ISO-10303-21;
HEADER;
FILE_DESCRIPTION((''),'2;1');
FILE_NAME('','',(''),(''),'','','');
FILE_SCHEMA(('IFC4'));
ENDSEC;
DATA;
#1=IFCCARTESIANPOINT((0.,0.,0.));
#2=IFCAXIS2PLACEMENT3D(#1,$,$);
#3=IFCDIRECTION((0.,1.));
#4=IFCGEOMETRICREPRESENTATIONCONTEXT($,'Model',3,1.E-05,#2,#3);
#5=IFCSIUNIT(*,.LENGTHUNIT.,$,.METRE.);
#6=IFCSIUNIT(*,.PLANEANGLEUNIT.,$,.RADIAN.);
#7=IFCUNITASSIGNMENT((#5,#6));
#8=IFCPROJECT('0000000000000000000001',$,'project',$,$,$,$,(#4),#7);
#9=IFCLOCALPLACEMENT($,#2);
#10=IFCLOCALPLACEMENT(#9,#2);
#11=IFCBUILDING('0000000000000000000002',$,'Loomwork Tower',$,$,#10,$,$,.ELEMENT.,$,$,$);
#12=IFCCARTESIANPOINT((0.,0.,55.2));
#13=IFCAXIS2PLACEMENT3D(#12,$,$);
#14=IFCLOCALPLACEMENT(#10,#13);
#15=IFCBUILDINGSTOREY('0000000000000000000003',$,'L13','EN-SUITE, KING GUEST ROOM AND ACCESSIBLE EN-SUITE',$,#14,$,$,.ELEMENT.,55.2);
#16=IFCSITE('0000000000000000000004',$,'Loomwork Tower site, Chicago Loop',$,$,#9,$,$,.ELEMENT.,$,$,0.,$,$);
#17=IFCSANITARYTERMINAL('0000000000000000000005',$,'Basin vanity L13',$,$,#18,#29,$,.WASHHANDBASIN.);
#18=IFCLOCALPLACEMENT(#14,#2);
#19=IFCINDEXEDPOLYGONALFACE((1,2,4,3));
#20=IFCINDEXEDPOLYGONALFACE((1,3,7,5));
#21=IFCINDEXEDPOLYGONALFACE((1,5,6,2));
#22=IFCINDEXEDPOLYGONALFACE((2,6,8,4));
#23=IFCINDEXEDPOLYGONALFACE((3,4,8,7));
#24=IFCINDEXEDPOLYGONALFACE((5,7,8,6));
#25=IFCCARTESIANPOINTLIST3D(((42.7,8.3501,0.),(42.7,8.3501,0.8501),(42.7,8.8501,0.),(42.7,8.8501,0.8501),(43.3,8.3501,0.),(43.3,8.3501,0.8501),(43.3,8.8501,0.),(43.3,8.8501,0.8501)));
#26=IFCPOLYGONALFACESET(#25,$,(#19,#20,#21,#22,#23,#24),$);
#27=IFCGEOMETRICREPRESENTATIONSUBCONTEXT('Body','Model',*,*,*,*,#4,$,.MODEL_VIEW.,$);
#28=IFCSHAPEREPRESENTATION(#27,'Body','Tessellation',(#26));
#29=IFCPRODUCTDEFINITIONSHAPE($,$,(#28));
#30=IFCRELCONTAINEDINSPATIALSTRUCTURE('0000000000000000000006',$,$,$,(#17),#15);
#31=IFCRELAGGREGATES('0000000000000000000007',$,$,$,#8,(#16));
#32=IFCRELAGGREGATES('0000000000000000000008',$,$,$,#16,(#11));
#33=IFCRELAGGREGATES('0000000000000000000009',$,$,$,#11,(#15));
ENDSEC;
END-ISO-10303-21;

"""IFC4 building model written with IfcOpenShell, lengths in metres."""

from ifc_helpers import new_model, si_unit, direction, frame, origin, origin_2d, place, context, subcontext, project, spatial, rectangle, extrude, element, save


model = new_model("IFC4")

# Units and contexts
model_context = context("Model", 3, precision=1e-05, world=origin(), true_north=direction((0.0, 1.0)))
body_context = subcontext(model_context, "Body", "Model", "MODEL_VIEW")
ifc_project = project(units=[si_unit("LENGTHUNIT", "METRE"), si_unit("PLANEANGLEUNIT", "RADIAN")], contexts=[model_context])

# Site, building, storey
site_placement = place(None, origin())
site = spatial("IfcSite", under=ifc_project, at=site_placement, Name="Loomwork Tower site, Chicago Loop", CompositionType="ELEMENT", RefElevation=0.0)
building_placement = place(site_placement, origin())
building = spatial("IfcBuilding", under=site, at=building_placement, Name="Loomwork Tower", CompositionType="ELEMENT")
storey_placement = place(building_placement, frame((0.0, 0.0, 55.2)))
storey = spatial("IfcBuildingStorey", under=building, at=storey_placement, Name="L13", Description="EN-SUITE, KING GUEST ROOM AND ACCESSIBLE EN-SUITE", CompositionType="ELEMENT", Elevation=55.2)

# Sanitary terminal
sanitary_terminal_1_placement = place(storey_placement, frame((43.0, 8.6001, 0.0), z_axis=(0.0, 0.0, 1.0), x_axis=(1.0, 0.0, 0.0)))
element("IfcSanitaryTerminal", 1, at=sanitary_terminal_1_placement, inside=storey, Name="Basin vanity L13", PredefinedType="WASHHANDBASIN", context=body_context, shape_type="SweptSolid", body=[
    extrude(rectangle(XDim=0.6001, YDim=0.5, at=origin_2d()), origin(), (0.0, 0.0, 1.0), 0.8501),
])

save(model, "model.ifc")
